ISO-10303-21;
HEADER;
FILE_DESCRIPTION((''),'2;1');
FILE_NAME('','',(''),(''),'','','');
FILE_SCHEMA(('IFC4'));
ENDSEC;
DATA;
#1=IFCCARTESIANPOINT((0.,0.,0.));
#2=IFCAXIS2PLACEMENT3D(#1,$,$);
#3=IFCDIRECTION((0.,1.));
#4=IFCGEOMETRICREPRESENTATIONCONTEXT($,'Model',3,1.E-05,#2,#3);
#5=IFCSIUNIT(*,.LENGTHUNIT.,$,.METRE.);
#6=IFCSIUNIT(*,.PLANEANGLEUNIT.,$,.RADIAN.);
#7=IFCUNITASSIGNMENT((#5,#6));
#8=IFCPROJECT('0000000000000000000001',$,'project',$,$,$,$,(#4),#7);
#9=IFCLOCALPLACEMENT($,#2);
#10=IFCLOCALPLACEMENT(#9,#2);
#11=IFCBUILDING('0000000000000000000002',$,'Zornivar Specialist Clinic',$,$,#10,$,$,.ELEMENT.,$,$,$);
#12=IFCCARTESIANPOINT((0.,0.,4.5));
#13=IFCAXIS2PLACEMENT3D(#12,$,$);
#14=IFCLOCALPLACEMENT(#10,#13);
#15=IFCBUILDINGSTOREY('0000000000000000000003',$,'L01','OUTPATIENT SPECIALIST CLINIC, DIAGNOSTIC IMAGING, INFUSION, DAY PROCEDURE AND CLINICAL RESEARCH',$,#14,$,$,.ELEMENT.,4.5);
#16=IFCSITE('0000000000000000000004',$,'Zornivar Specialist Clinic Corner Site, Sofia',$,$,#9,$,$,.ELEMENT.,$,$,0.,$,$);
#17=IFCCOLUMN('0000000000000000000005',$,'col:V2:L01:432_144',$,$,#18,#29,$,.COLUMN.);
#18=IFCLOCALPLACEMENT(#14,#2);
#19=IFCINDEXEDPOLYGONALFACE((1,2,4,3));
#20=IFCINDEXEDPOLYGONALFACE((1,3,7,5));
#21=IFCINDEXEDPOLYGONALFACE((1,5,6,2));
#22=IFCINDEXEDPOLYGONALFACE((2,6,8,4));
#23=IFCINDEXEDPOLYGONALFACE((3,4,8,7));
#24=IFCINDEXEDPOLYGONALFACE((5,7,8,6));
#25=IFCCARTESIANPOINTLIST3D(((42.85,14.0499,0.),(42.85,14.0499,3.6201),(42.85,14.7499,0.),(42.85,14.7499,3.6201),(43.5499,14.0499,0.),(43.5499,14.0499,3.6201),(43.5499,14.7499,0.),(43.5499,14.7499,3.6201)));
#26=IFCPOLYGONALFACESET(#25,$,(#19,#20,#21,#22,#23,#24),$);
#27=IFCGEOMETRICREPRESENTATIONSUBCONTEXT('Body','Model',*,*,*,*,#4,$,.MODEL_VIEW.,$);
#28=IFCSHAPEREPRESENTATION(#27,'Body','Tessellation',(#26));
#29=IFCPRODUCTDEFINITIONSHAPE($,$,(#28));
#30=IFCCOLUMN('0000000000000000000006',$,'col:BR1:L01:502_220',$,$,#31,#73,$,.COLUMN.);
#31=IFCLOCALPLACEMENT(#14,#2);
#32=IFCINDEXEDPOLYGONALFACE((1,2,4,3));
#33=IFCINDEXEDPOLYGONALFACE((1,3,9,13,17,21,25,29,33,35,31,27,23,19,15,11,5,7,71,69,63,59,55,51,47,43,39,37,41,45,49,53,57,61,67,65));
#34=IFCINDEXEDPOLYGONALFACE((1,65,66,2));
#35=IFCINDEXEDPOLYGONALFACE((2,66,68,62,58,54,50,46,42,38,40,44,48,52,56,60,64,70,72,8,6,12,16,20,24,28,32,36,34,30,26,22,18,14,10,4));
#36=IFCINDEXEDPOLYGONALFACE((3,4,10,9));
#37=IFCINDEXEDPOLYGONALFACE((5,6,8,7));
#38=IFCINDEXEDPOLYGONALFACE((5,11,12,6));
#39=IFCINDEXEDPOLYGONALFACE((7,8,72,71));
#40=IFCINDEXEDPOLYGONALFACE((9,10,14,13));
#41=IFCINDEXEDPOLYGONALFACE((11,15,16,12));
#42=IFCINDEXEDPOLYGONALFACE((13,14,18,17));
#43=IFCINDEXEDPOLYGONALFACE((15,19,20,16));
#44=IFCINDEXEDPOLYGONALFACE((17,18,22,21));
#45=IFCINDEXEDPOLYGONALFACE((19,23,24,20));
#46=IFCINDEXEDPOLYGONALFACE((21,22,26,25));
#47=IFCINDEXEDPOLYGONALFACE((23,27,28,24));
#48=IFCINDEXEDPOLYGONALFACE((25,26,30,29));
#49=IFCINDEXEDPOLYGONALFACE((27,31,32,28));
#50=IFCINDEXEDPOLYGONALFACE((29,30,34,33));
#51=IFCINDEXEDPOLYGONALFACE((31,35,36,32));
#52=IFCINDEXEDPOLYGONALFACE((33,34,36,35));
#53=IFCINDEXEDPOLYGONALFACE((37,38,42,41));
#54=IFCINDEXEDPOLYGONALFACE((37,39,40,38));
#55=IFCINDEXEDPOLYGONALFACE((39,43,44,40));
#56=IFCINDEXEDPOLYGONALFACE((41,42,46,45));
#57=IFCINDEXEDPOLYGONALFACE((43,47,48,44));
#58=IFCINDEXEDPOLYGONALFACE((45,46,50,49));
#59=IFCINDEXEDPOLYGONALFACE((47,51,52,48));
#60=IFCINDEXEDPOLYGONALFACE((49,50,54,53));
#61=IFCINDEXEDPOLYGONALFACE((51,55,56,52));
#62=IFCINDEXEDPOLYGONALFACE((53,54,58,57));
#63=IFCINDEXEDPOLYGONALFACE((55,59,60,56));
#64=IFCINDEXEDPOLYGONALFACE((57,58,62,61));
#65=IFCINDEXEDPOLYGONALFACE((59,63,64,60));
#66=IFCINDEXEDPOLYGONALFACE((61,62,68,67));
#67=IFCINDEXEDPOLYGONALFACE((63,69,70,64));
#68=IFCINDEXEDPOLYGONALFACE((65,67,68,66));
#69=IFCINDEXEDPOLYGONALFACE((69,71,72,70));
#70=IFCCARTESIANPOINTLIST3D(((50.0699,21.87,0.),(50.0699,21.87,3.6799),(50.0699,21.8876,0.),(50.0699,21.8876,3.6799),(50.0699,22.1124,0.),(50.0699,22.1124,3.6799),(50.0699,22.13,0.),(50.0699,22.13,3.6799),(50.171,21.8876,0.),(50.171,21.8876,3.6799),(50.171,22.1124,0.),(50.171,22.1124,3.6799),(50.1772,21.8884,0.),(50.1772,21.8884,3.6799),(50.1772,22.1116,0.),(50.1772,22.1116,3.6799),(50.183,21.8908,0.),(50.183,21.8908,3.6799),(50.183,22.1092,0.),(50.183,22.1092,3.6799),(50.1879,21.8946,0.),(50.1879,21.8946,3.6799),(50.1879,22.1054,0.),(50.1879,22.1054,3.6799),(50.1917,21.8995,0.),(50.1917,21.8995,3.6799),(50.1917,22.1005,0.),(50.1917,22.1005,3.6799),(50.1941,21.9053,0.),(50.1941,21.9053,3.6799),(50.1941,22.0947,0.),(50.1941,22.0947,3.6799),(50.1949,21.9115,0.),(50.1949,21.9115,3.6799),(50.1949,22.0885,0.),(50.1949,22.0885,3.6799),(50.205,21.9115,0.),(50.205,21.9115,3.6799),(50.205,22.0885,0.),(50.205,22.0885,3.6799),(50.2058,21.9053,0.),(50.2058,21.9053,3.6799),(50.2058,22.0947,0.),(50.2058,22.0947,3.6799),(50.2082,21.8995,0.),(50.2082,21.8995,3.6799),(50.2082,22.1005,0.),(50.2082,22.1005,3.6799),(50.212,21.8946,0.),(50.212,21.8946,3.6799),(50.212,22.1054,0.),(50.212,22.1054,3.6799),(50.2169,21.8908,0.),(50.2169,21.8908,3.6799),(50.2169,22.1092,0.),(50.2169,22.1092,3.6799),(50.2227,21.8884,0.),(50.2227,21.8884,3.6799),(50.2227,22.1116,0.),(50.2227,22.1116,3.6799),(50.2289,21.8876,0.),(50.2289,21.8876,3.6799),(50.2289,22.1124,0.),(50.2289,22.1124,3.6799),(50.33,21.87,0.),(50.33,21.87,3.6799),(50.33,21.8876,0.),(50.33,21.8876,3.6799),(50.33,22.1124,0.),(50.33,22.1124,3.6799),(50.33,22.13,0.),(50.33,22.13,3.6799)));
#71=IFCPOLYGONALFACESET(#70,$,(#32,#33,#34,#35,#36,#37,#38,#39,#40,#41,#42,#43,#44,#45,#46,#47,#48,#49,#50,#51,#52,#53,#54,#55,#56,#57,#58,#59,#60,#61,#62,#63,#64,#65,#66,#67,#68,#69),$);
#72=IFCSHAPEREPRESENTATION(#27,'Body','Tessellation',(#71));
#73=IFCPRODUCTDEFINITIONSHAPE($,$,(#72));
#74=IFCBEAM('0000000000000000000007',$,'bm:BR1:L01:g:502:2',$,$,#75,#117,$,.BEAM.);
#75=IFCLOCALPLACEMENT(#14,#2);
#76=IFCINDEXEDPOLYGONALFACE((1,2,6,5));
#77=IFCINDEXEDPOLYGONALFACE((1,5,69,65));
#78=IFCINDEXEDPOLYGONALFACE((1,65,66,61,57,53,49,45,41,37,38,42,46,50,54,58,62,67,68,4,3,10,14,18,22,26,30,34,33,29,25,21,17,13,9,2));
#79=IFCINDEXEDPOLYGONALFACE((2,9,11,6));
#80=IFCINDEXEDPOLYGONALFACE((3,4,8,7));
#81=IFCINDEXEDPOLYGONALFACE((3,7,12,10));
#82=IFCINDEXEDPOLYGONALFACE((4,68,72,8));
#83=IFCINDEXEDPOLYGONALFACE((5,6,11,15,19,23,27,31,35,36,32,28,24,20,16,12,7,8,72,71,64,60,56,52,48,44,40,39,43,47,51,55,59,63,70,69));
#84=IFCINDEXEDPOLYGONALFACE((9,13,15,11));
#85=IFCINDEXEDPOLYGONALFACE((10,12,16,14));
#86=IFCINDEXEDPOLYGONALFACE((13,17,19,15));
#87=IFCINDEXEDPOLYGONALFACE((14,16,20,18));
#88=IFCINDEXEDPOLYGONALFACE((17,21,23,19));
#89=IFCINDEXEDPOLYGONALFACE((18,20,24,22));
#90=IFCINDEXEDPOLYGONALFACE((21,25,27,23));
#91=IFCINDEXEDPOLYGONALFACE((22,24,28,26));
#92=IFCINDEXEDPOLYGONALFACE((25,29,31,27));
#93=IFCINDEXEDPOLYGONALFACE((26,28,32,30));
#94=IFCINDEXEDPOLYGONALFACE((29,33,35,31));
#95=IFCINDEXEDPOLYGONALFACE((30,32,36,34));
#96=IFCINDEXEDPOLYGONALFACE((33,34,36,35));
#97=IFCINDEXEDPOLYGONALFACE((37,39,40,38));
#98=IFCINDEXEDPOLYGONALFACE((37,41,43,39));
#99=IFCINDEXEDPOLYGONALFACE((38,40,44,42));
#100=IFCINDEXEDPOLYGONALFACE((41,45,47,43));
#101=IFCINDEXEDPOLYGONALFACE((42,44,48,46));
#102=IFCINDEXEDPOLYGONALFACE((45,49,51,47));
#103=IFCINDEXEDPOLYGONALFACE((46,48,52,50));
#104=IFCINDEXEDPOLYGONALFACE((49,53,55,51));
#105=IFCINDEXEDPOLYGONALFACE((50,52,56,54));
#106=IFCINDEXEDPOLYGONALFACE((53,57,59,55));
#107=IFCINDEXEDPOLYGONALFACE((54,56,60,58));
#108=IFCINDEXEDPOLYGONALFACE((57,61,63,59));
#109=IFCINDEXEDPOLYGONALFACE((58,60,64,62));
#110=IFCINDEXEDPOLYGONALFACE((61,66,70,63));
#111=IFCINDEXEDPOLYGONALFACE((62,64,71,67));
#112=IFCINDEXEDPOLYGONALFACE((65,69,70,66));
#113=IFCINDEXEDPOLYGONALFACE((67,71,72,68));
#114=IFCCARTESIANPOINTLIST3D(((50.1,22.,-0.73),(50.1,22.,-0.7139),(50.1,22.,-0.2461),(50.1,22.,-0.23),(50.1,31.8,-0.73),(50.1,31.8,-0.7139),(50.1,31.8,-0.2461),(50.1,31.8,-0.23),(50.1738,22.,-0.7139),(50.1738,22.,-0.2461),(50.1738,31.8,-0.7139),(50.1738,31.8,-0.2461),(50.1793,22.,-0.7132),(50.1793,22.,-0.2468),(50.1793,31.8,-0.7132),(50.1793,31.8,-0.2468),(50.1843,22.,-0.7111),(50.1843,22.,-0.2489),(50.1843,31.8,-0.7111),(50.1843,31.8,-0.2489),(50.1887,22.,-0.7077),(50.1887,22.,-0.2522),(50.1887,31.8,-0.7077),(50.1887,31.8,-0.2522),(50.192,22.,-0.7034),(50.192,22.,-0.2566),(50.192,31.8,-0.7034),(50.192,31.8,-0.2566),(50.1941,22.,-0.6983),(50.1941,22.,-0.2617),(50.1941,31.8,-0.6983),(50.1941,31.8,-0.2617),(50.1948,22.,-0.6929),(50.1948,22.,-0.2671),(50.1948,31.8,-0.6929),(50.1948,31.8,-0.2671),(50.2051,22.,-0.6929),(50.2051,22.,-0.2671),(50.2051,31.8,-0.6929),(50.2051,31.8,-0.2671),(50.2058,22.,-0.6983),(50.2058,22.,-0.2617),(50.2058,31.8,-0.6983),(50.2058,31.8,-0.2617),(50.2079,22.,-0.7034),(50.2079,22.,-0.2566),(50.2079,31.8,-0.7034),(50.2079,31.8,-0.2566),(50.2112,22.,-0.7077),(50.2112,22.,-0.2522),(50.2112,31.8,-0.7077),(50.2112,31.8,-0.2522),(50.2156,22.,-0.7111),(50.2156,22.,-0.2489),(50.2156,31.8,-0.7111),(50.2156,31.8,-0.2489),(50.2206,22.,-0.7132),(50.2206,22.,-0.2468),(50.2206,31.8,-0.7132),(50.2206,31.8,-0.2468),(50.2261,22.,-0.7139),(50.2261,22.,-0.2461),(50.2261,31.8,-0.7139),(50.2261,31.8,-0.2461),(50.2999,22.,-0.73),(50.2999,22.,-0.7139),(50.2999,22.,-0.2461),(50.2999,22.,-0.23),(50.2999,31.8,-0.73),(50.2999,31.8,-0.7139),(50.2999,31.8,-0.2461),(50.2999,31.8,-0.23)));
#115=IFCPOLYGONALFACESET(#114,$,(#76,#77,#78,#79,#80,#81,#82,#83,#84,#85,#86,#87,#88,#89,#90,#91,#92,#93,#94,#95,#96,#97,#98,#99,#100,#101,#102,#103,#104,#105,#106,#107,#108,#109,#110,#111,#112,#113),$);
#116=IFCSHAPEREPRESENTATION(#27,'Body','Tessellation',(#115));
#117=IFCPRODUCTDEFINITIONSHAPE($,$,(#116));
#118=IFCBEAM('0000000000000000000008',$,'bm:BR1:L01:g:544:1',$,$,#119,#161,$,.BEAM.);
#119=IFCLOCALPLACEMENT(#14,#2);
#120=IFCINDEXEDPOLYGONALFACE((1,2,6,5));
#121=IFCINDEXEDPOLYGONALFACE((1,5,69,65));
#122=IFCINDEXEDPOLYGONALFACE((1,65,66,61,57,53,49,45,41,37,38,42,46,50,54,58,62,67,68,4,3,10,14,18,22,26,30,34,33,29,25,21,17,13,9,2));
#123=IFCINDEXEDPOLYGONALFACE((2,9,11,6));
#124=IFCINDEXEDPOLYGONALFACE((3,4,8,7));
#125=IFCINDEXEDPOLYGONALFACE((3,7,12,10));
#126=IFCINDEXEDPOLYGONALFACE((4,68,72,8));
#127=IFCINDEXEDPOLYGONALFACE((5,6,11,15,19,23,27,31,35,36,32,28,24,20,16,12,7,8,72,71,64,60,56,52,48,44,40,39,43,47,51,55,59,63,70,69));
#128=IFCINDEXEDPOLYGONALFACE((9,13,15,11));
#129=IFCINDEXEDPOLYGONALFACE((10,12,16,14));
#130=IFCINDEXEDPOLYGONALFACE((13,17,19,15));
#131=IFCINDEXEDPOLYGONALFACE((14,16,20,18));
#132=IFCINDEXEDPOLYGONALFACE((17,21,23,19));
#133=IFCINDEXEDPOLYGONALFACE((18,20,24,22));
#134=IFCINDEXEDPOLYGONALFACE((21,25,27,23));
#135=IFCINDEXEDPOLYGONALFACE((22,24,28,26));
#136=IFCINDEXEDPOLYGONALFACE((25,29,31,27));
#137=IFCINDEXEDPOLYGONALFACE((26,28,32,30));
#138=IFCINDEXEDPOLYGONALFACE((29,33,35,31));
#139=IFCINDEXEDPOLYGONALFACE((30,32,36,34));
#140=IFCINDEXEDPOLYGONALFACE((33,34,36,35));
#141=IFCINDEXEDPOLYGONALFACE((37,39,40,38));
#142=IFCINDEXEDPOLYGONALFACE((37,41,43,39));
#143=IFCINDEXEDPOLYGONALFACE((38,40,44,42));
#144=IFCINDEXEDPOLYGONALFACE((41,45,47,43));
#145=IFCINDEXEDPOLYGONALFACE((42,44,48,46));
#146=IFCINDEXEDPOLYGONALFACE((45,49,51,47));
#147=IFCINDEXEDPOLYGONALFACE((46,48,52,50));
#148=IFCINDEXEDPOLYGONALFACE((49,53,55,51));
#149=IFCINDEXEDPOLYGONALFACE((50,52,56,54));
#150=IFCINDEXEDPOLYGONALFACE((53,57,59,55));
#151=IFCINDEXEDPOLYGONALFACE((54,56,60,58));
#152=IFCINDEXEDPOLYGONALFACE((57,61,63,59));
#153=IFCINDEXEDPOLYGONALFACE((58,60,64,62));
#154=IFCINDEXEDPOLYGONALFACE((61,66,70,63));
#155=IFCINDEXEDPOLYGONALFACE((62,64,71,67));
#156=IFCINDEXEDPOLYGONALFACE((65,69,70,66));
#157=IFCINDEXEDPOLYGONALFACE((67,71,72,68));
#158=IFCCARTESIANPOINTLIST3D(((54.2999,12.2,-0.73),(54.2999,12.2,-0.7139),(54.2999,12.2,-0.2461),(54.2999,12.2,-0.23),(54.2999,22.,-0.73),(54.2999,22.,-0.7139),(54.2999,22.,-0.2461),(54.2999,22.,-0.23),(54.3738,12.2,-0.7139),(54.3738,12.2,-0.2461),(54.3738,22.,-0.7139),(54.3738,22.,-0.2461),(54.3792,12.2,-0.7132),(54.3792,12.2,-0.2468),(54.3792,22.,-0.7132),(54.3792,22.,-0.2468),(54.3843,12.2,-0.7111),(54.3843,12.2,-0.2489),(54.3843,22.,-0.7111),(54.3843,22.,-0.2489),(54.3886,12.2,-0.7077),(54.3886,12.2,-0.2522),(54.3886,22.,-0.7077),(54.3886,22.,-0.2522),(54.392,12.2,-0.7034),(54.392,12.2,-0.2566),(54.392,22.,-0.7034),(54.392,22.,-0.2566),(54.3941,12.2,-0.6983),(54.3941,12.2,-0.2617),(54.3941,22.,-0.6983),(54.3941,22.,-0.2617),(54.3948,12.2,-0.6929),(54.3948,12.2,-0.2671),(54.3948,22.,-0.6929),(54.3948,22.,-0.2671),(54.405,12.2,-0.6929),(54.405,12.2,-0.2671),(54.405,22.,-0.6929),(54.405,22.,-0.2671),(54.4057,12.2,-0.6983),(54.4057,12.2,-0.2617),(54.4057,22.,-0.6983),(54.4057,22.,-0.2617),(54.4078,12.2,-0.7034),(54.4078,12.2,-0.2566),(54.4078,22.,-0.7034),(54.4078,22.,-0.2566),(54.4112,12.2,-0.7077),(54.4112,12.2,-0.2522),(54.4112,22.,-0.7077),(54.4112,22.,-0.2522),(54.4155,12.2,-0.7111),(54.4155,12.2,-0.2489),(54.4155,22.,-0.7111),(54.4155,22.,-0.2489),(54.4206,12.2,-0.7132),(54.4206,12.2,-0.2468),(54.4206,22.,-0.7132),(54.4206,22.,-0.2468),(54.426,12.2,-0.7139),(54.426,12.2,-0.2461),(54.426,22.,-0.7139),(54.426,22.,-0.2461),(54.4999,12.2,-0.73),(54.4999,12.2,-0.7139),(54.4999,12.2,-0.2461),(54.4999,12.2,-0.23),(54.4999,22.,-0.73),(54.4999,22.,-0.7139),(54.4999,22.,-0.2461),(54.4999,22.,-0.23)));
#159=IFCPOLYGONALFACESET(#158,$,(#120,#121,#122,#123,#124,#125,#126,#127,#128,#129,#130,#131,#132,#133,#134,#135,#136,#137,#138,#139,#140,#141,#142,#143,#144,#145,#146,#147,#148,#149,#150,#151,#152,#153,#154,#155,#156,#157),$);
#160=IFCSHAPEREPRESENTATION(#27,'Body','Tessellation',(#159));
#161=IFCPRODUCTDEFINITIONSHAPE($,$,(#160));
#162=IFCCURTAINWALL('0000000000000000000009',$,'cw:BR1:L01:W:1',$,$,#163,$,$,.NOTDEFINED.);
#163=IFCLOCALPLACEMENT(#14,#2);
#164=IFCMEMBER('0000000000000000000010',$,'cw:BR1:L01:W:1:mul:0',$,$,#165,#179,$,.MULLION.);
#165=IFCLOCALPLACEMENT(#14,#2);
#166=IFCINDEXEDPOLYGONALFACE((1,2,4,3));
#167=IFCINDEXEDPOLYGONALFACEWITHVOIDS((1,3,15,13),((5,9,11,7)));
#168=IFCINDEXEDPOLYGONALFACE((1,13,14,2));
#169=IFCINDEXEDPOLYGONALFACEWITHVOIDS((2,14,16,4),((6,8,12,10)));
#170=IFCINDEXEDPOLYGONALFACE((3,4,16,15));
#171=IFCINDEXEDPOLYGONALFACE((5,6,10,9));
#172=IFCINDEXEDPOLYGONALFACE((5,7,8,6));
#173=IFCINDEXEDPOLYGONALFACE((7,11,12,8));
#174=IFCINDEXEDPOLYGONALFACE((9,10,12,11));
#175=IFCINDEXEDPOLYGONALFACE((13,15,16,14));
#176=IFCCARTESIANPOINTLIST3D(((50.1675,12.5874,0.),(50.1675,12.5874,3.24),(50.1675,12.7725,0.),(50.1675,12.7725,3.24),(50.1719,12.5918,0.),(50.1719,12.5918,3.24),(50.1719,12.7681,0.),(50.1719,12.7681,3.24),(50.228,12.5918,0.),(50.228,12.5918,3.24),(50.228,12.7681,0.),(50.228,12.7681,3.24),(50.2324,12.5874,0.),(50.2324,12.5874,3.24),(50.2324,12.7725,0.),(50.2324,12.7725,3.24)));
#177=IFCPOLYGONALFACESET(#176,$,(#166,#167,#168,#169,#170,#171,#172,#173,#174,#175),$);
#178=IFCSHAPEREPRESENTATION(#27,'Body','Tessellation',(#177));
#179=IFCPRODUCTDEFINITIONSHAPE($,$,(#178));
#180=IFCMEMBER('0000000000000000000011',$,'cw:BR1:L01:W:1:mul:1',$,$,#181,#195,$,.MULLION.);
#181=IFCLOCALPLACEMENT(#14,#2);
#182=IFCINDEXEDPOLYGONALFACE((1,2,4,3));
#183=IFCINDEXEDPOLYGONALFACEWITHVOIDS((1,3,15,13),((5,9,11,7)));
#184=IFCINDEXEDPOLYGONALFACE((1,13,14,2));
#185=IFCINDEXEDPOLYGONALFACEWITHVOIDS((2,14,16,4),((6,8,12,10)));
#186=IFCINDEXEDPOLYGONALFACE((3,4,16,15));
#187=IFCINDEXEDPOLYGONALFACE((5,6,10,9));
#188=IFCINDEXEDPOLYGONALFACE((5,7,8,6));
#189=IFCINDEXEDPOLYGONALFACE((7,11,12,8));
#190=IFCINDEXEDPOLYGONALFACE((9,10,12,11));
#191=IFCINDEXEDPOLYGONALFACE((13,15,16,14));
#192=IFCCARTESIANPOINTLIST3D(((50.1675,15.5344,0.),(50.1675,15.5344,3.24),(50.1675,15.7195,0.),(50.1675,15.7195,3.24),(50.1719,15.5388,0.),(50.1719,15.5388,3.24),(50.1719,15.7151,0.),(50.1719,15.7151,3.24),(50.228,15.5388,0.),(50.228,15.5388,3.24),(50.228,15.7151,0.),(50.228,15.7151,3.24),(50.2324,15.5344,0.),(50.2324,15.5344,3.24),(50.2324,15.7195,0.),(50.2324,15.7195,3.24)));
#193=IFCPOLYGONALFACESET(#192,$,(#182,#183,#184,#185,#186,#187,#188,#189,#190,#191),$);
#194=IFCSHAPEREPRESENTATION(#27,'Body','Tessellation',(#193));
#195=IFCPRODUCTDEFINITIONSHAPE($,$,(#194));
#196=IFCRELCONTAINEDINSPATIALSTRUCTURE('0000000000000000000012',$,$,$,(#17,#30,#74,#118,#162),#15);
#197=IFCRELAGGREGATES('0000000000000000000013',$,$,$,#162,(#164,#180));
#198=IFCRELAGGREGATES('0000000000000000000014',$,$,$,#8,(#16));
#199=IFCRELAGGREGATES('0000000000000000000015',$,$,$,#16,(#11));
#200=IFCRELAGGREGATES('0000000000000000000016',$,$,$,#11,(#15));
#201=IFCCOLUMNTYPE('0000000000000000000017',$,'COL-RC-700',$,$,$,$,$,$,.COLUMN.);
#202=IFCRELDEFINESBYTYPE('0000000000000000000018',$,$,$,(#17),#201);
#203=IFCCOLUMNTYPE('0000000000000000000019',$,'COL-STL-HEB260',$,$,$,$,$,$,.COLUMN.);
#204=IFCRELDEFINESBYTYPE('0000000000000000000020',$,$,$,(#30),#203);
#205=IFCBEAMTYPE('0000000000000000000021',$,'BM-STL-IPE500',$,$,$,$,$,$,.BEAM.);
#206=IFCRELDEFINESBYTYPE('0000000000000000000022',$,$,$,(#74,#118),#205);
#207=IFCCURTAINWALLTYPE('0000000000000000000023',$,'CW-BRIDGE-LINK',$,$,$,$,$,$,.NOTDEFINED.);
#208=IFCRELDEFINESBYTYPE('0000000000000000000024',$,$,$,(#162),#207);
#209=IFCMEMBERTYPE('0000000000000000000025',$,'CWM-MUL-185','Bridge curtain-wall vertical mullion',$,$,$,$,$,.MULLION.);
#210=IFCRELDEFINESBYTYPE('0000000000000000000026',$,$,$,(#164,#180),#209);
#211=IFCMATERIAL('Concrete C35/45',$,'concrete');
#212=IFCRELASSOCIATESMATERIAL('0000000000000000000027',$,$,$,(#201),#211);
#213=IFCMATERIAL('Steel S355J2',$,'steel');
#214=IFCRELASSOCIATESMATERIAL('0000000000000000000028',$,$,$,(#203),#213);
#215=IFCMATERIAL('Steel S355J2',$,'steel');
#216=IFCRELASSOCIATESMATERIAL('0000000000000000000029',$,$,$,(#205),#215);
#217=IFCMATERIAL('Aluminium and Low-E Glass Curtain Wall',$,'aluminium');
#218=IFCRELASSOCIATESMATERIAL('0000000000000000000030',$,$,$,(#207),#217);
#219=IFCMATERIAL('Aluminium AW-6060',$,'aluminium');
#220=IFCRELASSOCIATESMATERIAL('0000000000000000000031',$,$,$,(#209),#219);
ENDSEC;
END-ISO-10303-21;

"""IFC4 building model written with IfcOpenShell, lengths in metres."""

from ifc_helpers import new_model, si_unit, direction, frame, origin, origin_2d, place, context, subcontext, project, spatial, rectangle, hollow_rectangle, i_section, extrude, material, material_profile, profile_set, type_object, element, aggregate, save


model = new_model("IFC4")

# Units and contexts
model_context = context("Model", 3, precision=1e-05, world=origin(), true_north=direction((0.0, 1.0)))
body_context = subcontext(model_context, "Body", "Model", "MODEL_VIEW")
ifc_project = project(units=[si_unit("LENGTHUNIT", "METRE"), si_unit("PLANEANGLEUNIT", "RADIAN")], contexts=[model_context])

# Site, building, storey
site_placement = place(None, origin())
site = spatial("IfcSite", under=ifc_project, at=site_placement, Name="Zornivar Specialist Clinic Corner Site, Sofia", CompositionType="ELEMENT", RefElevation=0.0)
building_placement = place(site_placement, origin())
building = spatial("IfcBuilding", under=site, at=building_placement, Name="Zornivar Specialist Clinic", CompositionType="ELEMENT")
storey_placement = place(building_placement, frame((0.0, 0.0, 4.5)))
storey = spatial("IfcBuildingStorey", under=building, at=storey_placement, Name="L01", Description="OUTPATIENT SPECIALIST CLINIC, DIAGNOSTIC IMAGING, INFUSION, DAY PROCEDURE AND CLINICAL RESEARCH", CompositionType="ELEMENT", Elevation=4.5)

# Columns
ifc_material_1 = material(Name="Concrete C35/45", Category="concrete")
ifc_material_profile_1 = material_profile(ifc_material_1, rectangle(XDim=0.7, YDim=0.7, at=origin_2d()), Name="RC 700x700")
ifc_profile_set_1 = profile_set([ifc_material_profile_1], Name="Concrete C35/45")
column_type_1 = type_object("IfcColumnType", Name="COL-RC-700", PredefinedType="COLUMN", material=ifc_profile_set_1)
column_1_placement = place(storey_placement, frame((43.2, 14.3999, 0.0), z_axis=(0.0, 0.0, 1.0), x_axis=(1.0, 0.0, 0.0)))
element("IfcColumn", 1, at=column_1_placement, inside=storey, type_object=column_type_1, Name="col:V2:L01:432_144", PredefinedType="COLUMN", context=body_context, shape_type="SweptSolid", body=[
    extrude(rectangle(XDim=0.7, YDim=0.7, at=origin_2d()), origin(), (0.0, 0.0, 1.0), 3.6201),
])
ifc_material_2 = material(Name="Steel S355J2", Category="steel")
ifc_material_profile_2 = material_profile(ifc_material_2, i_section(OverallWidth=0.26, OverallDepth=0.26, WebThickness=0.01, FlangeThickness=0.0176, FilletRadius=0.0239, at=origin_2d()), Name="HEB 260")
ifc_profile_set_2 = profile_set([ifc_material_profile_2], Name="Steel S355J2")
column_type_2 = type_object("IfcColumnType", Name="COL-STL-HEB260", PredefinedType="COLUMN", material=ifc_profile_set_2)
column_2_placement = place(storey_placement, frame((50.2, 22.0, 0.0), z_axis=(0.0, 0.0, 1.0), x_axis=(1.0, 0.0, 0.0)))
element("IfcColumn", 2, at=column_2_placement, inside=storey, type_object=column_type_2, Name="col:BR1:L01:502_220", PredefinedType="COLUMN", context=body_context, shape_type="SweptSolid", body=[
    extrude(i_section(OverallWidth=0.26, OverallDepth=0.26, WebThickness=0.01, FlangeThickness=0.0176, FilletRadius=0.0239, at=origin_2d()), origin(), (0.0, 0.0, 1.0), 3.6799),
])

# Beams
ifc_material_3 = material(Name="Steel S355J2", Category="steel")
ifc_material_profile_3 = material_profile(ifc_material_3, i_section(OverallWidth=0.2, OverallDepth=0.5, WebThickness=0.0103, FlangeThickness=0.0161, FilletRadius=0.021, at=origin_2d()), Name="IPE 500")
ifc_profile_set_3 = profile_set([ifc_material_profile_3], Name="Steel S355J2")
beam_type = type_object("IfcBeamType", Name="BM-STL-IPE500", PredefinedType="BEAM", material=ifc_profile_set_3)
for number, where, z_axis, x_axis, name in (
    (3, (50.2, 22.0, -0.48), (0.0, 1.0, 0.0), (-1.0, 0.0, 0.0), "bm:BR1:L01:g:502:2"),
    (4, (54.3999, 12.2, -0.48), (0.0, 1.0, 0.0), (-1.0, 0.0, 0.0), "bm:BR1:L01:g:544:1"),
):
    element("IfcBeam", number, at=place(storey_placement, frame(where, z_axis=z_axis, x_axis=x_axis)), inside=storey, type_object=beam_type, Name=name, PredefinedType="BEAM", context=body_context, shape_type="SweptSolid", body=[
        extrude(i_section(OverallWidth=0.2, OverallDepth=0.5, WebThickness=0.0103, FlangeThickness=0.0161, FilletRadius=0.021, at=origin_2d()), origin(), (0.0, 0.0, 1.0), 9.8),
    ])

# Curtain wall, members
ifc_material_4 = material(Name="Aluminium and Low-E Glass Curtain Wall", Category="aluminium")
curtain_wall_type = type_object("IfcCurtainWallType", Name="CW-BRIDGE-LINK", PredefinedType="NOTDEFINED", material=ifc_material_4)
curtain_wall_1_placement = place(storey_placement, origin())
curtain_wall_1 = element("IfcCurtainWall", 5, at=curtain_wall_1_placement, inside=storey, type_object=curtain_wall_type, Name="cw:BR1:L01:W:1", PredefinedType="NOTDEFINED")
ifc_material_5 = material(Name="Aluminium AW-6060", Category="aluminium")
ifc_material_profile_4 = material_profile(ifc_material_5, hollow_rectangle(XDim=0.0649, YDim=0.1851, WallThickness=0.0044, at=origin_2d()), Name="ALU 65x185x4.5")
ifc_profile_set_4 = profile_set([ifc_material_profile_4], Name="Aluminium AW-6060")
member_type_1 = type_object("IfcMemberType", Name="CWM-MUL-185", Description="Bridge curtain-wall vertical mullion", PredefinedType="MULLION", material=ifc_profile_set_4)
member_1_placement = place(storey_placement, frame((50.2, 12.6799, 0.0), z_axis=(0.0, 0.0, 1.0), x_axis=(1.0, 0.0, 0.0)))
member_1 = element("IfcMember", 6, at=member_1_placement, type_object=member_type_1, Name="cw:BR1:L01:W:1:mul:0", PredefinedType="MULLION", context=body_context, shape_type="SweptSolid", body=[
    extrude(hollow_rectangle(XDim=0.0649, YDim=0.1851, WallThickness=0.0044, at=origin_2d()), origin(), (0.0, 0.0, 1.0), 3.24),
])
member_2_placement = place(storey_placement, frame((50.2, 15.627, 0.0), z_axis=(0.0, 0.0, 1.0), x_axis=(1.0, 0.0, 0.0)))
member_2 = element("IfcMember", 7, at=member_2_placement, type_object=member_type_1, Name="cw:BR1:L01:W:1:mul:1", PredefinedType="MULLION", context=body_context, shape_type="SweptSolid", body=[
    extrude(hollow_rectangle(XDim=0.0649, YDim=0.1851, WallThickness=0.0044, at=origin_2d()), origin(), (0.0, 0.0, 1.0), 3.24),
])

aggregate(curtain_wall_1, [member_1, member_2])

save(model, "model.ifc")
